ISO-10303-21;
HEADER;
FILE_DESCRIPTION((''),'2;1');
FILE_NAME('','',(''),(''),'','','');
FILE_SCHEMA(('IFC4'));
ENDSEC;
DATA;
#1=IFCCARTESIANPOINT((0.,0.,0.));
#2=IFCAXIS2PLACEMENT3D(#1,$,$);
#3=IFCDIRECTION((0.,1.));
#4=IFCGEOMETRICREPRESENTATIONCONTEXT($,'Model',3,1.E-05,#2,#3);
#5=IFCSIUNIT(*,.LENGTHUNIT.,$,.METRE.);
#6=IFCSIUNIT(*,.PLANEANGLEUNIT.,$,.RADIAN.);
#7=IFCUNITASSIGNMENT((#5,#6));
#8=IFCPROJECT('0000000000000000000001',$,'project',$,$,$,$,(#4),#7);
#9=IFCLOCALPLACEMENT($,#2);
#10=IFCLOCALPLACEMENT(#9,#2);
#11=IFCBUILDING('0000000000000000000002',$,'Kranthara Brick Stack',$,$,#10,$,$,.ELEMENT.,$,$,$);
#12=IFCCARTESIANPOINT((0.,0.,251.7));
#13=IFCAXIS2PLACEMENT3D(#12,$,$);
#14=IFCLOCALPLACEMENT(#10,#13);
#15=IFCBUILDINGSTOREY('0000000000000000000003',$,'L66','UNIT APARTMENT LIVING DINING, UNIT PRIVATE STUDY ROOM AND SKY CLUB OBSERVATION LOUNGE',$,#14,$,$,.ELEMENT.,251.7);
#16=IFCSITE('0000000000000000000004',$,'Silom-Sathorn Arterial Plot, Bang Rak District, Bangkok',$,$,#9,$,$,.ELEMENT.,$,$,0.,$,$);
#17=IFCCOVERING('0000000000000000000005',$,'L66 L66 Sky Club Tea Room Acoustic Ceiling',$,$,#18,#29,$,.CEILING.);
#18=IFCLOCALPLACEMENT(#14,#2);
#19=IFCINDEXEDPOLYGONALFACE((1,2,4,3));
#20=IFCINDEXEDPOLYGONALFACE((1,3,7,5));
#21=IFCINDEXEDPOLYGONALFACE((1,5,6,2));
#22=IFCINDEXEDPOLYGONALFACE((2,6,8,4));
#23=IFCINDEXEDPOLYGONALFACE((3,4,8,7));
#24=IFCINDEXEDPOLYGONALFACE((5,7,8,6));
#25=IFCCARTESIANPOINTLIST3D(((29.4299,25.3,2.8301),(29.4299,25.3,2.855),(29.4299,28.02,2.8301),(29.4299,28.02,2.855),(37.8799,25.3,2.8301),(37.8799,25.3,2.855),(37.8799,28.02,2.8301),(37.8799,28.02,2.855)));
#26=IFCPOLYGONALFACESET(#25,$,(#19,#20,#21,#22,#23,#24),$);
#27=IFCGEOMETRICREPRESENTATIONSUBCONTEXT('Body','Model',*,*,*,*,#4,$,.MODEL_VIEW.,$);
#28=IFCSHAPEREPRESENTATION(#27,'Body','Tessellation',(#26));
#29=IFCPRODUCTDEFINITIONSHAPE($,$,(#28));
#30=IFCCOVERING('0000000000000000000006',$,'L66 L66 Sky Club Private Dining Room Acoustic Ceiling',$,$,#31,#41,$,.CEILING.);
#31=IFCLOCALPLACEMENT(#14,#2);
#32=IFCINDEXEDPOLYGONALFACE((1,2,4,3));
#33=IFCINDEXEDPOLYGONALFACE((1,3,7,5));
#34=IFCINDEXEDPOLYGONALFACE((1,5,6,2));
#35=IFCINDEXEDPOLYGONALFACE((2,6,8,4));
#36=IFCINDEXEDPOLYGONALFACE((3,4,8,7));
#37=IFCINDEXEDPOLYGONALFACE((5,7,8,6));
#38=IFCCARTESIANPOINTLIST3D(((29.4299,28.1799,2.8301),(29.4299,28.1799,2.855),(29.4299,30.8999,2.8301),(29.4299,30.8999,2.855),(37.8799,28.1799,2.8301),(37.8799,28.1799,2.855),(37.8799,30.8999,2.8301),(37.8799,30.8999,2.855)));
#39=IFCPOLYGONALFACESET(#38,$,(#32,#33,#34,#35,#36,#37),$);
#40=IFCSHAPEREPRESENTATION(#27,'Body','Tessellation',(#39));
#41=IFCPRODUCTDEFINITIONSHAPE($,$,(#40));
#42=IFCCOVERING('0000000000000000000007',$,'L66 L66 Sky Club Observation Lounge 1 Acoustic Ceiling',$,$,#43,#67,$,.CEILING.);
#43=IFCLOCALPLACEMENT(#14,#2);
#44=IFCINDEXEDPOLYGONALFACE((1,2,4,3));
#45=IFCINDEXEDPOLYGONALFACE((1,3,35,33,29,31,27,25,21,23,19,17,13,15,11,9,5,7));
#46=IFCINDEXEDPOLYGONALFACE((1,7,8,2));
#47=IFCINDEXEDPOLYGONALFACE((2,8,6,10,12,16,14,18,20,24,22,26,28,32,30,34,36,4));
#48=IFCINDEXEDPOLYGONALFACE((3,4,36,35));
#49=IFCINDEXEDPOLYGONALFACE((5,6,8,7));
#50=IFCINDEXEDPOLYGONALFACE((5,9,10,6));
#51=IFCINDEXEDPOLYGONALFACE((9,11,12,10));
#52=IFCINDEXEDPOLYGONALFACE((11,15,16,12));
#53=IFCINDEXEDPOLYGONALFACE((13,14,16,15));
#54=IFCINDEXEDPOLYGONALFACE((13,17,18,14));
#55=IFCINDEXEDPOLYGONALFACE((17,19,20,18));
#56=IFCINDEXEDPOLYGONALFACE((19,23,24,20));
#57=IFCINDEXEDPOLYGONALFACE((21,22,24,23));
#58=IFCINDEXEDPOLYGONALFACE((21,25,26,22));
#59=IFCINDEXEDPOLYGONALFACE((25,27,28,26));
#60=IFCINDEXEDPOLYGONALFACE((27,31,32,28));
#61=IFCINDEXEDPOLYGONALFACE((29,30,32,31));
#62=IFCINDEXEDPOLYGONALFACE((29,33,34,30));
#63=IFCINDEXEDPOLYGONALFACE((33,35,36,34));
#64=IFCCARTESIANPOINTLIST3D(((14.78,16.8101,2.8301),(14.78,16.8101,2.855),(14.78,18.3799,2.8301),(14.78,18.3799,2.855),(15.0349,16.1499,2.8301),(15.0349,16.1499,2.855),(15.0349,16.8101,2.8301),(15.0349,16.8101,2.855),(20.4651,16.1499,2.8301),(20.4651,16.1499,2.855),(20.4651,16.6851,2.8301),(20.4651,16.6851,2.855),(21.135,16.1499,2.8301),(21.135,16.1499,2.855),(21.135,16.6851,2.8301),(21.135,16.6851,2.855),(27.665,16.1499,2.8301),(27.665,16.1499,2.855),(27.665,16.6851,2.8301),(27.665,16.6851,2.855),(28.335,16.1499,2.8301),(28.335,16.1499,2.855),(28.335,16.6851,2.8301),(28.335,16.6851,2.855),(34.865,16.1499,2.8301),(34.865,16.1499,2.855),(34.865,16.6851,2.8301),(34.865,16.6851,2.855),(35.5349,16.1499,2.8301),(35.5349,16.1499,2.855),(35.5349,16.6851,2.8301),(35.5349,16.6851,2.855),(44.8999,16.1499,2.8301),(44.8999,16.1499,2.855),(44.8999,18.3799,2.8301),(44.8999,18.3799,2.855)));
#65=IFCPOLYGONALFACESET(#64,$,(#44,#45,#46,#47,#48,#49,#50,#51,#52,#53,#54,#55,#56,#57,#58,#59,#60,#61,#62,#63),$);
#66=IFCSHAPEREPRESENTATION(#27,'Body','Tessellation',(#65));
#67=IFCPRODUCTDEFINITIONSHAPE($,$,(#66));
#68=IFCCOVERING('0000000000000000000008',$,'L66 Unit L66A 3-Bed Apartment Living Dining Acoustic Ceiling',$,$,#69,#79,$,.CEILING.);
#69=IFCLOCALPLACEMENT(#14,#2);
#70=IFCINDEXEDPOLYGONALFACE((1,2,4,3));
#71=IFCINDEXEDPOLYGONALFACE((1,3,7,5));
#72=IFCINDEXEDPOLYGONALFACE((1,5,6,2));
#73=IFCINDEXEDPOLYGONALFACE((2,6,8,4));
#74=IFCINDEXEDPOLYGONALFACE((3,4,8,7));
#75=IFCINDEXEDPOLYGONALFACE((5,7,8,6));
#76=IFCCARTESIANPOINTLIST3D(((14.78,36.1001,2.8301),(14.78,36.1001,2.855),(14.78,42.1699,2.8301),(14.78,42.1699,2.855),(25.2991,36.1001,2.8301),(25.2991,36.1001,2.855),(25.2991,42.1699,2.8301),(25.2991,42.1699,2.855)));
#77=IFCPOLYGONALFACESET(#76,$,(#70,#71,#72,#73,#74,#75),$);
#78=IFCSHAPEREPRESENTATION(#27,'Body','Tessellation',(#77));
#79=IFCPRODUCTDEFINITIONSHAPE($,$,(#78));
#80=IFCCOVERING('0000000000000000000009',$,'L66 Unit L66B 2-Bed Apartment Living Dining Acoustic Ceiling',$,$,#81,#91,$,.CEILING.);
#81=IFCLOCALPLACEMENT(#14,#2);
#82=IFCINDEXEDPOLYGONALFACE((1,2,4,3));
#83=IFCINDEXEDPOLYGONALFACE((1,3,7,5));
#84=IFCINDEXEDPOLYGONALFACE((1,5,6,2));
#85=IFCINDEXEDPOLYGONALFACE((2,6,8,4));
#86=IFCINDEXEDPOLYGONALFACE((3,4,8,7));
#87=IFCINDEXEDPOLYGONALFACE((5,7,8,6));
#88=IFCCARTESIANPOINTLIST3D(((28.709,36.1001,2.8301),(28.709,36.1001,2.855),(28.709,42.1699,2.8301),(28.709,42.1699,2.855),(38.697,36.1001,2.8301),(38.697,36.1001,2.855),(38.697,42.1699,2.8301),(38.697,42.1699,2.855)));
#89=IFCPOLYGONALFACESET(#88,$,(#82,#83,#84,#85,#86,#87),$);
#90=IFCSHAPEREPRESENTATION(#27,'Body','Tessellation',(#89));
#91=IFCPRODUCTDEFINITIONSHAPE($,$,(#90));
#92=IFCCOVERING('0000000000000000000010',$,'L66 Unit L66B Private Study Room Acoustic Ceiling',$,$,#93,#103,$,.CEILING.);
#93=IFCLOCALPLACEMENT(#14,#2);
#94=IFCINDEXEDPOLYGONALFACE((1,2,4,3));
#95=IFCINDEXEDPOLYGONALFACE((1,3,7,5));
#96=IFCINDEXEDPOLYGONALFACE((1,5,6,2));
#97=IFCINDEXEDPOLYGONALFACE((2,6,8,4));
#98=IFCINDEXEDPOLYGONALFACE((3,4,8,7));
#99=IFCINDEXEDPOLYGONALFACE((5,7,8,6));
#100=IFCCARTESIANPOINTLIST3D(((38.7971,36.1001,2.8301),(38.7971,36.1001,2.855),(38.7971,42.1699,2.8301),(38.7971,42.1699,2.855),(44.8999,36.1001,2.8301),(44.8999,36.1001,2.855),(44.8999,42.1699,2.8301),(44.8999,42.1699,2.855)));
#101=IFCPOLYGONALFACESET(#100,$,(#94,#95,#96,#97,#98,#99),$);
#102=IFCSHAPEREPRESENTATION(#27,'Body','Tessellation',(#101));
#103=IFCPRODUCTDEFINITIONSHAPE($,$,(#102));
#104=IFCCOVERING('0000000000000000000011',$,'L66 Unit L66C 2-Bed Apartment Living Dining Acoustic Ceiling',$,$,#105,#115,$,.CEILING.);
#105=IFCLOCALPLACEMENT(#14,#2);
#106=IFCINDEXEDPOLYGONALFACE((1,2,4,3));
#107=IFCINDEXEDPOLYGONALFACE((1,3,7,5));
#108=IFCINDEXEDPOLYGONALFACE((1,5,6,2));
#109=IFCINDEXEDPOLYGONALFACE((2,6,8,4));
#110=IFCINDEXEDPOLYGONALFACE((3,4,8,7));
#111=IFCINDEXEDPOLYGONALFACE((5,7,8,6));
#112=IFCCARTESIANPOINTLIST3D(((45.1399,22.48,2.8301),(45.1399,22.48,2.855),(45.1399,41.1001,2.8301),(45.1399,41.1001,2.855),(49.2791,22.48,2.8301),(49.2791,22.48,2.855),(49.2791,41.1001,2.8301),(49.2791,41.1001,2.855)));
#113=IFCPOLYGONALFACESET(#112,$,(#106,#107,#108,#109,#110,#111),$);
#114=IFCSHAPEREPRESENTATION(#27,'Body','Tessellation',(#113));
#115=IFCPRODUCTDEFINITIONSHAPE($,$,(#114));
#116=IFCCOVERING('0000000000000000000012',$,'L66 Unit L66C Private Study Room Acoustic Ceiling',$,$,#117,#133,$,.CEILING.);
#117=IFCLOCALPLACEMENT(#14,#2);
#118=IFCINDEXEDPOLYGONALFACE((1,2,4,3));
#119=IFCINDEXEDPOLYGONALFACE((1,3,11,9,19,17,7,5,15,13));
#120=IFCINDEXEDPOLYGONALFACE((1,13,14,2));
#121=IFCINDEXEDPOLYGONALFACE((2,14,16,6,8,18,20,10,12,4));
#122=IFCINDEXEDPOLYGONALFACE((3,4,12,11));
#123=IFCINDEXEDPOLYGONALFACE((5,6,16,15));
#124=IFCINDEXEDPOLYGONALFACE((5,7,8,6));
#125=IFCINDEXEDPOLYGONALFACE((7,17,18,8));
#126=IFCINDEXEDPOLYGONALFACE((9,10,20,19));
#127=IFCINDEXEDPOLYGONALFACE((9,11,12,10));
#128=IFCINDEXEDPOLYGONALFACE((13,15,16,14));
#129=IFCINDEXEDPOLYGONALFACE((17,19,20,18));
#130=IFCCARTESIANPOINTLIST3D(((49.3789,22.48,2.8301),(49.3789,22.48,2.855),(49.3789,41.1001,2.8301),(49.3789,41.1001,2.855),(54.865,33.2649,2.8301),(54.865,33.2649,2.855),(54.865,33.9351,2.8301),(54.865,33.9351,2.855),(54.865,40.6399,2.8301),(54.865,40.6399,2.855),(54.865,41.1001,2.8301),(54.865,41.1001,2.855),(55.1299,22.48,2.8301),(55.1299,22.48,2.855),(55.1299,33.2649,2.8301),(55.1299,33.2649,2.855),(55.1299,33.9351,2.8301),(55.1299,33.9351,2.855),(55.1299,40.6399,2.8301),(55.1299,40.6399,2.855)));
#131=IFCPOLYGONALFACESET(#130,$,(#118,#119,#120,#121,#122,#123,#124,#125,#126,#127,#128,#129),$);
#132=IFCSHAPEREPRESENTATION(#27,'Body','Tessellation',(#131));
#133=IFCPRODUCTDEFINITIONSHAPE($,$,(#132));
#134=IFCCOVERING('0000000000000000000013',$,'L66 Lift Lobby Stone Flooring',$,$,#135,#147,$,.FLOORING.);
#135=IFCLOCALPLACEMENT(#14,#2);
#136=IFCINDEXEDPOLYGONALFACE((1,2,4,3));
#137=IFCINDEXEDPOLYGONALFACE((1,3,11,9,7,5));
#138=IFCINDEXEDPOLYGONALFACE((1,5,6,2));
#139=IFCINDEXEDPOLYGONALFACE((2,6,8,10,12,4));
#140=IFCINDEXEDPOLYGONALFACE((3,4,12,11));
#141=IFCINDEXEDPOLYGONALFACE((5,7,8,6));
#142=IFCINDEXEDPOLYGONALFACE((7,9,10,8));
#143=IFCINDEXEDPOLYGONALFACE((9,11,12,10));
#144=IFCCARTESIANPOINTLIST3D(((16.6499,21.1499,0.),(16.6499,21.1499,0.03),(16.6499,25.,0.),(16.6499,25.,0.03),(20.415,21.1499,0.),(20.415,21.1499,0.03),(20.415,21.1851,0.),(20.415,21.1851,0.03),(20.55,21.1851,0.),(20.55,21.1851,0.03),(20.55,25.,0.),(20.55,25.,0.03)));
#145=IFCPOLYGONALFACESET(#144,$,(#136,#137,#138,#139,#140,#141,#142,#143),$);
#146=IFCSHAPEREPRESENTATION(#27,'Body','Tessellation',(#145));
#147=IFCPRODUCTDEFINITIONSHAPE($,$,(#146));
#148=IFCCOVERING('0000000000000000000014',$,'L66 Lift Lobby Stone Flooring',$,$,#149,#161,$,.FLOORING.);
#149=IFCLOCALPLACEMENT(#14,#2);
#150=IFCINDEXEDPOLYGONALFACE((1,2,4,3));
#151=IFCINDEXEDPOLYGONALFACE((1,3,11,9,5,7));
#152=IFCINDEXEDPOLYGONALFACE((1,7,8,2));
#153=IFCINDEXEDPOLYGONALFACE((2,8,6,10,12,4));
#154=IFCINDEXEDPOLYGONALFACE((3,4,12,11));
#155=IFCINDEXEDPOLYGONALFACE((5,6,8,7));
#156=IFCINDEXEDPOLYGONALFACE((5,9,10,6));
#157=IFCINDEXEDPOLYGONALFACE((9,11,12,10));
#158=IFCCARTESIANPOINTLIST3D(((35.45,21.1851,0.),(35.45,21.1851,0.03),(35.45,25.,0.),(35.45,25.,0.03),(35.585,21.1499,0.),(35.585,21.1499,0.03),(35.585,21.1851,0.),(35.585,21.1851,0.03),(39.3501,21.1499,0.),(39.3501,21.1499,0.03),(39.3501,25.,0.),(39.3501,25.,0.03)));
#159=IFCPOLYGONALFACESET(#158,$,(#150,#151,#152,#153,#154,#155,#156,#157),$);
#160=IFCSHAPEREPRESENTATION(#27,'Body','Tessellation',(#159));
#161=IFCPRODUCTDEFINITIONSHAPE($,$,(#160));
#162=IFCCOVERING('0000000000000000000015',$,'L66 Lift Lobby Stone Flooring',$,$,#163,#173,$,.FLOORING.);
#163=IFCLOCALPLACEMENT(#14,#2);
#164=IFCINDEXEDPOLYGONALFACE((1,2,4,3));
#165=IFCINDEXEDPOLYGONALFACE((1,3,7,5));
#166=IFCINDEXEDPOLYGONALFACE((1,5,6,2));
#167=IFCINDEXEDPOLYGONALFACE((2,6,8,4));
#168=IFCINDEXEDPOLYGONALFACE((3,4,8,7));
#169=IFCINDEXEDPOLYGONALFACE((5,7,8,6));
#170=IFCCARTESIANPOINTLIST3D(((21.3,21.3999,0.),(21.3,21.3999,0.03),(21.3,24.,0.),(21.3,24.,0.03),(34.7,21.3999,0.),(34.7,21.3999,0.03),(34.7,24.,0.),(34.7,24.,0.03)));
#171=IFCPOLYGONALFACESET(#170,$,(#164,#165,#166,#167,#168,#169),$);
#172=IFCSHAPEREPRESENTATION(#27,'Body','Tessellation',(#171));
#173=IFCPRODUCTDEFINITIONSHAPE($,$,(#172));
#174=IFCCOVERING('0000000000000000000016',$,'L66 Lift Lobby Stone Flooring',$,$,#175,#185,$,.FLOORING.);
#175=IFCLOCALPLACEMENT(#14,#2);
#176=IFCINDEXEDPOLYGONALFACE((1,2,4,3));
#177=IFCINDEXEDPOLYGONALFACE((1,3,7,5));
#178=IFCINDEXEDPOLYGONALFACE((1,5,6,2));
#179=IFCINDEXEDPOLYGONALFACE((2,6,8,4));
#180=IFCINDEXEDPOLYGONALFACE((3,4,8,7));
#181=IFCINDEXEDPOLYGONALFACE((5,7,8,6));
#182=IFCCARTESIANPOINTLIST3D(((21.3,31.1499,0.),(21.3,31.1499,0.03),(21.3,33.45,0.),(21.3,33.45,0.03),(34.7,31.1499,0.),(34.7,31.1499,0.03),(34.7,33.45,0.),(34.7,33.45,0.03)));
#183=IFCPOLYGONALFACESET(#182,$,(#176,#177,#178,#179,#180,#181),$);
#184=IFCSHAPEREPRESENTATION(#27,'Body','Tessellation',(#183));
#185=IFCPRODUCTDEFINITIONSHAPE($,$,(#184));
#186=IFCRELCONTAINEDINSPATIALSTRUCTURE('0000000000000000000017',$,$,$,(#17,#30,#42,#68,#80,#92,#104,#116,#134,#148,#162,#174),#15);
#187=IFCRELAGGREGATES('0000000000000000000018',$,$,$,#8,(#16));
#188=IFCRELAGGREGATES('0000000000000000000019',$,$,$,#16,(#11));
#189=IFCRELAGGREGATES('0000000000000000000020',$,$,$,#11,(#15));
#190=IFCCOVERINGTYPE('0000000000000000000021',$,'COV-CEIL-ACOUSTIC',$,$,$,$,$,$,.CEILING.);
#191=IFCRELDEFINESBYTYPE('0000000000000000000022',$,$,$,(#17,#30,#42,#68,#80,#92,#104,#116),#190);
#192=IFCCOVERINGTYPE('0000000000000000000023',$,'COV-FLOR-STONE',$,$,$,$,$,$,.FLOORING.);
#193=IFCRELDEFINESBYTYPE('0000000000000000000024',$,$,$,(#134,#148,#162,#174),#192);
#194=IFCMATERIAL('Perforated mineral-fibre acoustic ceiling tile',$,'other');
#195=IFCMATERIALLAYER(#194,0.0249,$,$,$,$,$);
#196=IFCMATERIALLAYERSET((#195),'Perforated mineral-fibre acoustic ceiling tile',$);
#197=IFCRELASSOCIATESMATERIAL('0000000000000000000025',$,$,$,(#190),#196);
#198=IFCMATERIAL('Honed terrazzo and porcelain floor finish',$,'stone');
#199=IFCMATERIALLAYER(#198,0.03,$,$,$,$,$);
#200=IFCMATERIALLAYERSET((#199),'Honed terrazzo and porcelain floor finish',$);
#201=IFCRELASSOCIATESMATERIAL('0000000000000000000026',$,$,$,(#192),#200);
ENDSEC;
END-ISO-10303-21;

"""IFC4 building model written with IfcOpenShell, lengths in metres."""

from ifc_helpers import new_model, si_unit, direction, frame, origin, place, context, subcontext, project, spatial, polyline, outline, extrude, material, layer, layer_set, type_object, element, save


model = new_model("IFC4")

# Units and contexts
model_context = context("Model", 3, precision=1e-05, world=origin(), true_north=direction((0.0, 1.0)))
body_context = subcontext(model_context, "Body", "Model", "MODEL_VIEW")
ifc_project = project(units=[si_unit("LENGTHUNIT", "METRE"), si_unit("PLANEANGLEUNIT", "RADIAN")], contexts=[model_context])

# Site, building, storey
site_placement = place(None, origin())
site = spatial("IfcSite", under=ifc_project, at=site_placement, Name="Silom-Sathorn Arterial Plot, Bang Rak District, Bangkok", CompositionType="ELEMENT", RefElevation=0.0)
building_placement = place(site_placement, origin())
building = spatial("IfcBuilding", under=site, at=building_placement, Name="Kranthara Brick Stack", CompositionType="ELEMENT")
storey_placement = place(building_placement, frame((0.0, 0.0, 251.7)))
storey = spatial("IfcBuildingStorey", under=building, at=storey_placement, Name="L66", Description="UNIT APARTMENT LIVING DINING, UNIT PRIVATE STUDY ROOM AND SKY CLUB OBSERVATION LOUNGE", CompositionType="ELEMENT", Elevation=251.7)

# Coverings
ifc_material_1 = material(Name="Perforated mineral-fibre acoustic ceiling tile", Category="other")
ifc_layer_1 = layer(ifc_material_1, 0.0249)
ifc_layer_set_1 = layer_set([ifc_layer_1], Name="Perforated mineral-fibre acoustic ceiling tile")
covering_type_1 = type_object("IfcCoveringType", Name="COV-CEIL-ACOUSTIC", PredefinedType="CEILING", material=ifc_layer_set_1)
covering_1_placement = place(storey_placement, frame((0.0, 0.0, 2.8301)))
element("IfcCovering", 1, at=covering_1_placement, inside=storey, type_object=covering_type_1, Name="L66 L66 Sky Club Tea Room Acoustic Ceiling", PredefinedType="CEILING", context=body_context, shape_type="SweptSolid", body=[
    extrude(outline(polyline([(37.8799, 25.3), (37.8799, 28.02), (29.4299, 28.02), (29.4299, 25.3), (37.8799, 25.3)])), origin(), (0.0, 0.0, 1.0), 0.0249),
])
covering_2_placement = place(storey_placement, frame((0.0, 0.0, 2.8301)))
element("IfcCovering", 2, at=covering_2_placement, inside=storey, type_object=covering_type_1, Name="L66 L66 Sky Club Private Dining Room Acoustic Ceiling", PredefinedType="CEILING", context=body_context, shape_type="SweptSolid", body=[
    extrude(outline(polyline([(37.8799, 28.1799), (37.8799, 30.8999), (29.4299, 30.8999), (29.4299, 28.1799), (37.8799, 28.1799)])), origin(), (0.0, 0.0, 1.0), 0.0249),
])
covering_3_placement = place(storey_placement, frame((0.0, 0.0, 2.8301)))
element("IfcCovering", 3, at=covering_3_placement, inside=storey, type_object=covering_type_1, Name="L66 L66 Sky Club Observation Lounge 1 Acoustic Ceiling", PredefinedType="CEILING", context=body_context, shape_type="SweptSolid", body=[
    extrude(outline(polyline([(35.5349, 16.1499), (35.5349, 16.6851), (34.865, 16.6851), (34.865, 16.1499), (28.335, 16.1499), (28.335, 16.6851), (27.665, 16.6851), (27.665, 16.1499), (21.135, 16.1499), (21.135, 16.6851), (20.4651, 16.6851), (20.4651, 16.1499), (15.0349, 16.1499), (15.0349, 16.8101), (14.78, 16.8101), (14.78, 18.3799), (44.8999, 18.3799), (44.8999, 16.1499), (35.5349, 16.1499)])), origin(), (0.0, 0.0, 1.0), 0.0249),
])
covering_4_placement = place(storey_placement, frame((0.0, 0.0, 2.8301)))
element("IfcCovering", 4, at=covering_4_placement, inside=storey, type_object=covering_type_1, Name="L66 Unit L66A 3-Bed Apartment Living Dining Acoustic Ceiling", PredefinedType="CEILING", context=body_context, shape_type="SweptSolid", body=[
    extrude(outline(polyline([(25.2991, 36.1001), (25.2991, 42.1699), (14.78, 42.1699), (14.78, 36.1001), (25.2991, 36.1001)])), origin(), (0.0, 0.0, 1.0), 0.0249),
])
covering_5_placement = place(storey_placement, frame((0.0, 0.0, 2.8301)))
element("IfcCovering", 5, at=covering_5_placement, inside=storey, type_object=covering_type_1, Name="L66 Unit L66B 2-Bed Apartment Living Dining Acoustic Ceiling", PredefinedType="CEILING", context=body_context, shape_type="SweptSolid", body=[
    extrude(outline(polyline([(38.697, 36.1001), (38.697, 42.1699), (28.709, 42.1699), (28.709, 36.1001), (38.697, 36.1001)])), origin(), (0.0, 0.0, 1.0), 0.0249),
])
covering_6_placement = place(storey_placement, frame((0.0, 0.0, 2.8301)))
element("IfcCovering", 6, at=covering_6_placement, inside=storey, type_object=covering_type_1, Name="L66 Unit L66B Private Study Room Acoustic Ceiling", PredefinedType="CEILING", context=body_context, shape_type="SweptSolid", body=[
    extrude(outline(polyline([(44.8999, 36.1001), (44.8999, 42.1699), (38.7971, 42.1699), (38.7971, 36.1001), (44.8999, 36.1001)])), origin(), (0.0, 0.0, 1.0), 0.0249),
])
covering_7_placement = place(storey_placement, frame((0.0, 0.0, 2.8301)))
element("IfcCovering", 7, at=covering_7_placement, inside=storey, type_object=covering_type_1, Name="L66 Unit L66C 2-Bed Apartment Living Dining Acoustic Ceiling", PredefinedType="CEILING", context=body_context, shape_type="SweptSolid", body=[
    extrude(outline(polyline([(49.2791, 22.48), (49.2791, 41.1001), (45.1399, 41.1001), (45.1399, 22.48), (49.2791, 22.48)])), origin(), (0.0, 0.0, 1.0), 0.0249),
])
covering_8_placement = place(storey_placement, frame((0.0, 0.0, 2.8301)))
element("IfcCovering", 8, at=covering_8_placement, inside=storey, type_object=covering_type_1, Name="L66 Unit L66C Private Study Room Acoustic Ceiling", PredefinedType="CEILING", context=body_context, shape_type="SweptSolid", body=[
    extrude(outline(polyline([(49.3789, 22.48), (49.3789, 41.1001), (54.865, 41.1001), (54.865, 40.6399), (55.1299, 40.6399), (55.1299, 33.9351), (54.865, 33.9351), (54.865, 33.2649), (55.1299, 33.2649), (55.1299, 22.48), (49.3789, 22.48)])), origin(), (0.0, 0.0, 1.0), 0.0249),
])
ifc_material_2 = material(Name="Honed terrazzo and porcelain floor finish", Category="stone")
ifc_layer_2 = layer(ifc_material_2, 0.03)
ifc_layer_set_2 = layer_set([ifc_layer_2], Name="Honed terrazzo and porcelain floor finish")
covering_type_2 = type_object("IfcCoveringType", Name="COV-FLOR-STONE", PredefinedType="FLOORING", material=ifc_layer_set_2)
covering_9_placement = place(storey_placement, origin())
element("IfcCovering", 9, at=covering_9_placement, inside=storey, type_object=covering_type_2, Name="L66 Lift Lobby Stone Flooring", PredefinedType="FLOORING", context=body_context, shape_type="SweptSolid", body=[
    extrude(outline(polyline([(16.6499, 21.1499), (16.6499, 25.0), (20.55, 25.0), (20.55, 21.1851), (20.415, 21.1851), (20.415, 21.1499), (16.6499, 21.1499)])), origin(), (0.0, 0.0, 1.0), 0.03),
])
covering_10_placement = place(storey_placement, origin())
element("IfcCovering", 10, at=covering_10_placement, inside=storey, type_object=covering_type_2, Name="L66 Lift Lobby Stone Flooring", PredefinedType="FLOORING", context=body_context, shape_type="SweptSolid", body=[
    extrude(outline(polyline([(35.45, 25.0), (39.3501, 25.0), (39.3501, 21.1499), (35.585, 21.1499), (35.585, 21.1851), (35.45, 21.1851), (35.45, 25.0)])), origin(), (0.0, 0.0, 1.0), 0.03),
])
covering_11_placement = place(storey_placement, origin())
element("IfcCovering", 11, at=covering_11_placement, inside=storey, type_object=covering_type_2, Name="L66 Lift Lobby Stone Flooring", PredefinedType="FLOORING", context=body_context, shape_type="SweptSolid", body=[
    extrude(outline(polyline([(34.7, 21.3999), (34.7, 24.0), (21.3, 24.0), (21.3, 21.3999), (34.7, 21.3999)])), origin(), (0.0, 0.0, 1.0), 0.03),
])
covering_12_placement = place(storey_placement, origin())
element("IfcCovering", 12, at=covering_12_placement, inside=storey, type_object=covering_type_2, Name="L66 Lift Lobby Stone Flooring", PredefinedType="FLOORING", context=body_context, shape_type="SweptSolid", body=[
    extrude(outline(polyline([(34.7, 31.1499), (34.7, 33.45), (21.3, 33.45), (21.3, 31.1499), (34.7, 31.1499)])), origin(), (0.0, 0.0, 1.0), 0.03),
])

save(model, "model.ifc")
